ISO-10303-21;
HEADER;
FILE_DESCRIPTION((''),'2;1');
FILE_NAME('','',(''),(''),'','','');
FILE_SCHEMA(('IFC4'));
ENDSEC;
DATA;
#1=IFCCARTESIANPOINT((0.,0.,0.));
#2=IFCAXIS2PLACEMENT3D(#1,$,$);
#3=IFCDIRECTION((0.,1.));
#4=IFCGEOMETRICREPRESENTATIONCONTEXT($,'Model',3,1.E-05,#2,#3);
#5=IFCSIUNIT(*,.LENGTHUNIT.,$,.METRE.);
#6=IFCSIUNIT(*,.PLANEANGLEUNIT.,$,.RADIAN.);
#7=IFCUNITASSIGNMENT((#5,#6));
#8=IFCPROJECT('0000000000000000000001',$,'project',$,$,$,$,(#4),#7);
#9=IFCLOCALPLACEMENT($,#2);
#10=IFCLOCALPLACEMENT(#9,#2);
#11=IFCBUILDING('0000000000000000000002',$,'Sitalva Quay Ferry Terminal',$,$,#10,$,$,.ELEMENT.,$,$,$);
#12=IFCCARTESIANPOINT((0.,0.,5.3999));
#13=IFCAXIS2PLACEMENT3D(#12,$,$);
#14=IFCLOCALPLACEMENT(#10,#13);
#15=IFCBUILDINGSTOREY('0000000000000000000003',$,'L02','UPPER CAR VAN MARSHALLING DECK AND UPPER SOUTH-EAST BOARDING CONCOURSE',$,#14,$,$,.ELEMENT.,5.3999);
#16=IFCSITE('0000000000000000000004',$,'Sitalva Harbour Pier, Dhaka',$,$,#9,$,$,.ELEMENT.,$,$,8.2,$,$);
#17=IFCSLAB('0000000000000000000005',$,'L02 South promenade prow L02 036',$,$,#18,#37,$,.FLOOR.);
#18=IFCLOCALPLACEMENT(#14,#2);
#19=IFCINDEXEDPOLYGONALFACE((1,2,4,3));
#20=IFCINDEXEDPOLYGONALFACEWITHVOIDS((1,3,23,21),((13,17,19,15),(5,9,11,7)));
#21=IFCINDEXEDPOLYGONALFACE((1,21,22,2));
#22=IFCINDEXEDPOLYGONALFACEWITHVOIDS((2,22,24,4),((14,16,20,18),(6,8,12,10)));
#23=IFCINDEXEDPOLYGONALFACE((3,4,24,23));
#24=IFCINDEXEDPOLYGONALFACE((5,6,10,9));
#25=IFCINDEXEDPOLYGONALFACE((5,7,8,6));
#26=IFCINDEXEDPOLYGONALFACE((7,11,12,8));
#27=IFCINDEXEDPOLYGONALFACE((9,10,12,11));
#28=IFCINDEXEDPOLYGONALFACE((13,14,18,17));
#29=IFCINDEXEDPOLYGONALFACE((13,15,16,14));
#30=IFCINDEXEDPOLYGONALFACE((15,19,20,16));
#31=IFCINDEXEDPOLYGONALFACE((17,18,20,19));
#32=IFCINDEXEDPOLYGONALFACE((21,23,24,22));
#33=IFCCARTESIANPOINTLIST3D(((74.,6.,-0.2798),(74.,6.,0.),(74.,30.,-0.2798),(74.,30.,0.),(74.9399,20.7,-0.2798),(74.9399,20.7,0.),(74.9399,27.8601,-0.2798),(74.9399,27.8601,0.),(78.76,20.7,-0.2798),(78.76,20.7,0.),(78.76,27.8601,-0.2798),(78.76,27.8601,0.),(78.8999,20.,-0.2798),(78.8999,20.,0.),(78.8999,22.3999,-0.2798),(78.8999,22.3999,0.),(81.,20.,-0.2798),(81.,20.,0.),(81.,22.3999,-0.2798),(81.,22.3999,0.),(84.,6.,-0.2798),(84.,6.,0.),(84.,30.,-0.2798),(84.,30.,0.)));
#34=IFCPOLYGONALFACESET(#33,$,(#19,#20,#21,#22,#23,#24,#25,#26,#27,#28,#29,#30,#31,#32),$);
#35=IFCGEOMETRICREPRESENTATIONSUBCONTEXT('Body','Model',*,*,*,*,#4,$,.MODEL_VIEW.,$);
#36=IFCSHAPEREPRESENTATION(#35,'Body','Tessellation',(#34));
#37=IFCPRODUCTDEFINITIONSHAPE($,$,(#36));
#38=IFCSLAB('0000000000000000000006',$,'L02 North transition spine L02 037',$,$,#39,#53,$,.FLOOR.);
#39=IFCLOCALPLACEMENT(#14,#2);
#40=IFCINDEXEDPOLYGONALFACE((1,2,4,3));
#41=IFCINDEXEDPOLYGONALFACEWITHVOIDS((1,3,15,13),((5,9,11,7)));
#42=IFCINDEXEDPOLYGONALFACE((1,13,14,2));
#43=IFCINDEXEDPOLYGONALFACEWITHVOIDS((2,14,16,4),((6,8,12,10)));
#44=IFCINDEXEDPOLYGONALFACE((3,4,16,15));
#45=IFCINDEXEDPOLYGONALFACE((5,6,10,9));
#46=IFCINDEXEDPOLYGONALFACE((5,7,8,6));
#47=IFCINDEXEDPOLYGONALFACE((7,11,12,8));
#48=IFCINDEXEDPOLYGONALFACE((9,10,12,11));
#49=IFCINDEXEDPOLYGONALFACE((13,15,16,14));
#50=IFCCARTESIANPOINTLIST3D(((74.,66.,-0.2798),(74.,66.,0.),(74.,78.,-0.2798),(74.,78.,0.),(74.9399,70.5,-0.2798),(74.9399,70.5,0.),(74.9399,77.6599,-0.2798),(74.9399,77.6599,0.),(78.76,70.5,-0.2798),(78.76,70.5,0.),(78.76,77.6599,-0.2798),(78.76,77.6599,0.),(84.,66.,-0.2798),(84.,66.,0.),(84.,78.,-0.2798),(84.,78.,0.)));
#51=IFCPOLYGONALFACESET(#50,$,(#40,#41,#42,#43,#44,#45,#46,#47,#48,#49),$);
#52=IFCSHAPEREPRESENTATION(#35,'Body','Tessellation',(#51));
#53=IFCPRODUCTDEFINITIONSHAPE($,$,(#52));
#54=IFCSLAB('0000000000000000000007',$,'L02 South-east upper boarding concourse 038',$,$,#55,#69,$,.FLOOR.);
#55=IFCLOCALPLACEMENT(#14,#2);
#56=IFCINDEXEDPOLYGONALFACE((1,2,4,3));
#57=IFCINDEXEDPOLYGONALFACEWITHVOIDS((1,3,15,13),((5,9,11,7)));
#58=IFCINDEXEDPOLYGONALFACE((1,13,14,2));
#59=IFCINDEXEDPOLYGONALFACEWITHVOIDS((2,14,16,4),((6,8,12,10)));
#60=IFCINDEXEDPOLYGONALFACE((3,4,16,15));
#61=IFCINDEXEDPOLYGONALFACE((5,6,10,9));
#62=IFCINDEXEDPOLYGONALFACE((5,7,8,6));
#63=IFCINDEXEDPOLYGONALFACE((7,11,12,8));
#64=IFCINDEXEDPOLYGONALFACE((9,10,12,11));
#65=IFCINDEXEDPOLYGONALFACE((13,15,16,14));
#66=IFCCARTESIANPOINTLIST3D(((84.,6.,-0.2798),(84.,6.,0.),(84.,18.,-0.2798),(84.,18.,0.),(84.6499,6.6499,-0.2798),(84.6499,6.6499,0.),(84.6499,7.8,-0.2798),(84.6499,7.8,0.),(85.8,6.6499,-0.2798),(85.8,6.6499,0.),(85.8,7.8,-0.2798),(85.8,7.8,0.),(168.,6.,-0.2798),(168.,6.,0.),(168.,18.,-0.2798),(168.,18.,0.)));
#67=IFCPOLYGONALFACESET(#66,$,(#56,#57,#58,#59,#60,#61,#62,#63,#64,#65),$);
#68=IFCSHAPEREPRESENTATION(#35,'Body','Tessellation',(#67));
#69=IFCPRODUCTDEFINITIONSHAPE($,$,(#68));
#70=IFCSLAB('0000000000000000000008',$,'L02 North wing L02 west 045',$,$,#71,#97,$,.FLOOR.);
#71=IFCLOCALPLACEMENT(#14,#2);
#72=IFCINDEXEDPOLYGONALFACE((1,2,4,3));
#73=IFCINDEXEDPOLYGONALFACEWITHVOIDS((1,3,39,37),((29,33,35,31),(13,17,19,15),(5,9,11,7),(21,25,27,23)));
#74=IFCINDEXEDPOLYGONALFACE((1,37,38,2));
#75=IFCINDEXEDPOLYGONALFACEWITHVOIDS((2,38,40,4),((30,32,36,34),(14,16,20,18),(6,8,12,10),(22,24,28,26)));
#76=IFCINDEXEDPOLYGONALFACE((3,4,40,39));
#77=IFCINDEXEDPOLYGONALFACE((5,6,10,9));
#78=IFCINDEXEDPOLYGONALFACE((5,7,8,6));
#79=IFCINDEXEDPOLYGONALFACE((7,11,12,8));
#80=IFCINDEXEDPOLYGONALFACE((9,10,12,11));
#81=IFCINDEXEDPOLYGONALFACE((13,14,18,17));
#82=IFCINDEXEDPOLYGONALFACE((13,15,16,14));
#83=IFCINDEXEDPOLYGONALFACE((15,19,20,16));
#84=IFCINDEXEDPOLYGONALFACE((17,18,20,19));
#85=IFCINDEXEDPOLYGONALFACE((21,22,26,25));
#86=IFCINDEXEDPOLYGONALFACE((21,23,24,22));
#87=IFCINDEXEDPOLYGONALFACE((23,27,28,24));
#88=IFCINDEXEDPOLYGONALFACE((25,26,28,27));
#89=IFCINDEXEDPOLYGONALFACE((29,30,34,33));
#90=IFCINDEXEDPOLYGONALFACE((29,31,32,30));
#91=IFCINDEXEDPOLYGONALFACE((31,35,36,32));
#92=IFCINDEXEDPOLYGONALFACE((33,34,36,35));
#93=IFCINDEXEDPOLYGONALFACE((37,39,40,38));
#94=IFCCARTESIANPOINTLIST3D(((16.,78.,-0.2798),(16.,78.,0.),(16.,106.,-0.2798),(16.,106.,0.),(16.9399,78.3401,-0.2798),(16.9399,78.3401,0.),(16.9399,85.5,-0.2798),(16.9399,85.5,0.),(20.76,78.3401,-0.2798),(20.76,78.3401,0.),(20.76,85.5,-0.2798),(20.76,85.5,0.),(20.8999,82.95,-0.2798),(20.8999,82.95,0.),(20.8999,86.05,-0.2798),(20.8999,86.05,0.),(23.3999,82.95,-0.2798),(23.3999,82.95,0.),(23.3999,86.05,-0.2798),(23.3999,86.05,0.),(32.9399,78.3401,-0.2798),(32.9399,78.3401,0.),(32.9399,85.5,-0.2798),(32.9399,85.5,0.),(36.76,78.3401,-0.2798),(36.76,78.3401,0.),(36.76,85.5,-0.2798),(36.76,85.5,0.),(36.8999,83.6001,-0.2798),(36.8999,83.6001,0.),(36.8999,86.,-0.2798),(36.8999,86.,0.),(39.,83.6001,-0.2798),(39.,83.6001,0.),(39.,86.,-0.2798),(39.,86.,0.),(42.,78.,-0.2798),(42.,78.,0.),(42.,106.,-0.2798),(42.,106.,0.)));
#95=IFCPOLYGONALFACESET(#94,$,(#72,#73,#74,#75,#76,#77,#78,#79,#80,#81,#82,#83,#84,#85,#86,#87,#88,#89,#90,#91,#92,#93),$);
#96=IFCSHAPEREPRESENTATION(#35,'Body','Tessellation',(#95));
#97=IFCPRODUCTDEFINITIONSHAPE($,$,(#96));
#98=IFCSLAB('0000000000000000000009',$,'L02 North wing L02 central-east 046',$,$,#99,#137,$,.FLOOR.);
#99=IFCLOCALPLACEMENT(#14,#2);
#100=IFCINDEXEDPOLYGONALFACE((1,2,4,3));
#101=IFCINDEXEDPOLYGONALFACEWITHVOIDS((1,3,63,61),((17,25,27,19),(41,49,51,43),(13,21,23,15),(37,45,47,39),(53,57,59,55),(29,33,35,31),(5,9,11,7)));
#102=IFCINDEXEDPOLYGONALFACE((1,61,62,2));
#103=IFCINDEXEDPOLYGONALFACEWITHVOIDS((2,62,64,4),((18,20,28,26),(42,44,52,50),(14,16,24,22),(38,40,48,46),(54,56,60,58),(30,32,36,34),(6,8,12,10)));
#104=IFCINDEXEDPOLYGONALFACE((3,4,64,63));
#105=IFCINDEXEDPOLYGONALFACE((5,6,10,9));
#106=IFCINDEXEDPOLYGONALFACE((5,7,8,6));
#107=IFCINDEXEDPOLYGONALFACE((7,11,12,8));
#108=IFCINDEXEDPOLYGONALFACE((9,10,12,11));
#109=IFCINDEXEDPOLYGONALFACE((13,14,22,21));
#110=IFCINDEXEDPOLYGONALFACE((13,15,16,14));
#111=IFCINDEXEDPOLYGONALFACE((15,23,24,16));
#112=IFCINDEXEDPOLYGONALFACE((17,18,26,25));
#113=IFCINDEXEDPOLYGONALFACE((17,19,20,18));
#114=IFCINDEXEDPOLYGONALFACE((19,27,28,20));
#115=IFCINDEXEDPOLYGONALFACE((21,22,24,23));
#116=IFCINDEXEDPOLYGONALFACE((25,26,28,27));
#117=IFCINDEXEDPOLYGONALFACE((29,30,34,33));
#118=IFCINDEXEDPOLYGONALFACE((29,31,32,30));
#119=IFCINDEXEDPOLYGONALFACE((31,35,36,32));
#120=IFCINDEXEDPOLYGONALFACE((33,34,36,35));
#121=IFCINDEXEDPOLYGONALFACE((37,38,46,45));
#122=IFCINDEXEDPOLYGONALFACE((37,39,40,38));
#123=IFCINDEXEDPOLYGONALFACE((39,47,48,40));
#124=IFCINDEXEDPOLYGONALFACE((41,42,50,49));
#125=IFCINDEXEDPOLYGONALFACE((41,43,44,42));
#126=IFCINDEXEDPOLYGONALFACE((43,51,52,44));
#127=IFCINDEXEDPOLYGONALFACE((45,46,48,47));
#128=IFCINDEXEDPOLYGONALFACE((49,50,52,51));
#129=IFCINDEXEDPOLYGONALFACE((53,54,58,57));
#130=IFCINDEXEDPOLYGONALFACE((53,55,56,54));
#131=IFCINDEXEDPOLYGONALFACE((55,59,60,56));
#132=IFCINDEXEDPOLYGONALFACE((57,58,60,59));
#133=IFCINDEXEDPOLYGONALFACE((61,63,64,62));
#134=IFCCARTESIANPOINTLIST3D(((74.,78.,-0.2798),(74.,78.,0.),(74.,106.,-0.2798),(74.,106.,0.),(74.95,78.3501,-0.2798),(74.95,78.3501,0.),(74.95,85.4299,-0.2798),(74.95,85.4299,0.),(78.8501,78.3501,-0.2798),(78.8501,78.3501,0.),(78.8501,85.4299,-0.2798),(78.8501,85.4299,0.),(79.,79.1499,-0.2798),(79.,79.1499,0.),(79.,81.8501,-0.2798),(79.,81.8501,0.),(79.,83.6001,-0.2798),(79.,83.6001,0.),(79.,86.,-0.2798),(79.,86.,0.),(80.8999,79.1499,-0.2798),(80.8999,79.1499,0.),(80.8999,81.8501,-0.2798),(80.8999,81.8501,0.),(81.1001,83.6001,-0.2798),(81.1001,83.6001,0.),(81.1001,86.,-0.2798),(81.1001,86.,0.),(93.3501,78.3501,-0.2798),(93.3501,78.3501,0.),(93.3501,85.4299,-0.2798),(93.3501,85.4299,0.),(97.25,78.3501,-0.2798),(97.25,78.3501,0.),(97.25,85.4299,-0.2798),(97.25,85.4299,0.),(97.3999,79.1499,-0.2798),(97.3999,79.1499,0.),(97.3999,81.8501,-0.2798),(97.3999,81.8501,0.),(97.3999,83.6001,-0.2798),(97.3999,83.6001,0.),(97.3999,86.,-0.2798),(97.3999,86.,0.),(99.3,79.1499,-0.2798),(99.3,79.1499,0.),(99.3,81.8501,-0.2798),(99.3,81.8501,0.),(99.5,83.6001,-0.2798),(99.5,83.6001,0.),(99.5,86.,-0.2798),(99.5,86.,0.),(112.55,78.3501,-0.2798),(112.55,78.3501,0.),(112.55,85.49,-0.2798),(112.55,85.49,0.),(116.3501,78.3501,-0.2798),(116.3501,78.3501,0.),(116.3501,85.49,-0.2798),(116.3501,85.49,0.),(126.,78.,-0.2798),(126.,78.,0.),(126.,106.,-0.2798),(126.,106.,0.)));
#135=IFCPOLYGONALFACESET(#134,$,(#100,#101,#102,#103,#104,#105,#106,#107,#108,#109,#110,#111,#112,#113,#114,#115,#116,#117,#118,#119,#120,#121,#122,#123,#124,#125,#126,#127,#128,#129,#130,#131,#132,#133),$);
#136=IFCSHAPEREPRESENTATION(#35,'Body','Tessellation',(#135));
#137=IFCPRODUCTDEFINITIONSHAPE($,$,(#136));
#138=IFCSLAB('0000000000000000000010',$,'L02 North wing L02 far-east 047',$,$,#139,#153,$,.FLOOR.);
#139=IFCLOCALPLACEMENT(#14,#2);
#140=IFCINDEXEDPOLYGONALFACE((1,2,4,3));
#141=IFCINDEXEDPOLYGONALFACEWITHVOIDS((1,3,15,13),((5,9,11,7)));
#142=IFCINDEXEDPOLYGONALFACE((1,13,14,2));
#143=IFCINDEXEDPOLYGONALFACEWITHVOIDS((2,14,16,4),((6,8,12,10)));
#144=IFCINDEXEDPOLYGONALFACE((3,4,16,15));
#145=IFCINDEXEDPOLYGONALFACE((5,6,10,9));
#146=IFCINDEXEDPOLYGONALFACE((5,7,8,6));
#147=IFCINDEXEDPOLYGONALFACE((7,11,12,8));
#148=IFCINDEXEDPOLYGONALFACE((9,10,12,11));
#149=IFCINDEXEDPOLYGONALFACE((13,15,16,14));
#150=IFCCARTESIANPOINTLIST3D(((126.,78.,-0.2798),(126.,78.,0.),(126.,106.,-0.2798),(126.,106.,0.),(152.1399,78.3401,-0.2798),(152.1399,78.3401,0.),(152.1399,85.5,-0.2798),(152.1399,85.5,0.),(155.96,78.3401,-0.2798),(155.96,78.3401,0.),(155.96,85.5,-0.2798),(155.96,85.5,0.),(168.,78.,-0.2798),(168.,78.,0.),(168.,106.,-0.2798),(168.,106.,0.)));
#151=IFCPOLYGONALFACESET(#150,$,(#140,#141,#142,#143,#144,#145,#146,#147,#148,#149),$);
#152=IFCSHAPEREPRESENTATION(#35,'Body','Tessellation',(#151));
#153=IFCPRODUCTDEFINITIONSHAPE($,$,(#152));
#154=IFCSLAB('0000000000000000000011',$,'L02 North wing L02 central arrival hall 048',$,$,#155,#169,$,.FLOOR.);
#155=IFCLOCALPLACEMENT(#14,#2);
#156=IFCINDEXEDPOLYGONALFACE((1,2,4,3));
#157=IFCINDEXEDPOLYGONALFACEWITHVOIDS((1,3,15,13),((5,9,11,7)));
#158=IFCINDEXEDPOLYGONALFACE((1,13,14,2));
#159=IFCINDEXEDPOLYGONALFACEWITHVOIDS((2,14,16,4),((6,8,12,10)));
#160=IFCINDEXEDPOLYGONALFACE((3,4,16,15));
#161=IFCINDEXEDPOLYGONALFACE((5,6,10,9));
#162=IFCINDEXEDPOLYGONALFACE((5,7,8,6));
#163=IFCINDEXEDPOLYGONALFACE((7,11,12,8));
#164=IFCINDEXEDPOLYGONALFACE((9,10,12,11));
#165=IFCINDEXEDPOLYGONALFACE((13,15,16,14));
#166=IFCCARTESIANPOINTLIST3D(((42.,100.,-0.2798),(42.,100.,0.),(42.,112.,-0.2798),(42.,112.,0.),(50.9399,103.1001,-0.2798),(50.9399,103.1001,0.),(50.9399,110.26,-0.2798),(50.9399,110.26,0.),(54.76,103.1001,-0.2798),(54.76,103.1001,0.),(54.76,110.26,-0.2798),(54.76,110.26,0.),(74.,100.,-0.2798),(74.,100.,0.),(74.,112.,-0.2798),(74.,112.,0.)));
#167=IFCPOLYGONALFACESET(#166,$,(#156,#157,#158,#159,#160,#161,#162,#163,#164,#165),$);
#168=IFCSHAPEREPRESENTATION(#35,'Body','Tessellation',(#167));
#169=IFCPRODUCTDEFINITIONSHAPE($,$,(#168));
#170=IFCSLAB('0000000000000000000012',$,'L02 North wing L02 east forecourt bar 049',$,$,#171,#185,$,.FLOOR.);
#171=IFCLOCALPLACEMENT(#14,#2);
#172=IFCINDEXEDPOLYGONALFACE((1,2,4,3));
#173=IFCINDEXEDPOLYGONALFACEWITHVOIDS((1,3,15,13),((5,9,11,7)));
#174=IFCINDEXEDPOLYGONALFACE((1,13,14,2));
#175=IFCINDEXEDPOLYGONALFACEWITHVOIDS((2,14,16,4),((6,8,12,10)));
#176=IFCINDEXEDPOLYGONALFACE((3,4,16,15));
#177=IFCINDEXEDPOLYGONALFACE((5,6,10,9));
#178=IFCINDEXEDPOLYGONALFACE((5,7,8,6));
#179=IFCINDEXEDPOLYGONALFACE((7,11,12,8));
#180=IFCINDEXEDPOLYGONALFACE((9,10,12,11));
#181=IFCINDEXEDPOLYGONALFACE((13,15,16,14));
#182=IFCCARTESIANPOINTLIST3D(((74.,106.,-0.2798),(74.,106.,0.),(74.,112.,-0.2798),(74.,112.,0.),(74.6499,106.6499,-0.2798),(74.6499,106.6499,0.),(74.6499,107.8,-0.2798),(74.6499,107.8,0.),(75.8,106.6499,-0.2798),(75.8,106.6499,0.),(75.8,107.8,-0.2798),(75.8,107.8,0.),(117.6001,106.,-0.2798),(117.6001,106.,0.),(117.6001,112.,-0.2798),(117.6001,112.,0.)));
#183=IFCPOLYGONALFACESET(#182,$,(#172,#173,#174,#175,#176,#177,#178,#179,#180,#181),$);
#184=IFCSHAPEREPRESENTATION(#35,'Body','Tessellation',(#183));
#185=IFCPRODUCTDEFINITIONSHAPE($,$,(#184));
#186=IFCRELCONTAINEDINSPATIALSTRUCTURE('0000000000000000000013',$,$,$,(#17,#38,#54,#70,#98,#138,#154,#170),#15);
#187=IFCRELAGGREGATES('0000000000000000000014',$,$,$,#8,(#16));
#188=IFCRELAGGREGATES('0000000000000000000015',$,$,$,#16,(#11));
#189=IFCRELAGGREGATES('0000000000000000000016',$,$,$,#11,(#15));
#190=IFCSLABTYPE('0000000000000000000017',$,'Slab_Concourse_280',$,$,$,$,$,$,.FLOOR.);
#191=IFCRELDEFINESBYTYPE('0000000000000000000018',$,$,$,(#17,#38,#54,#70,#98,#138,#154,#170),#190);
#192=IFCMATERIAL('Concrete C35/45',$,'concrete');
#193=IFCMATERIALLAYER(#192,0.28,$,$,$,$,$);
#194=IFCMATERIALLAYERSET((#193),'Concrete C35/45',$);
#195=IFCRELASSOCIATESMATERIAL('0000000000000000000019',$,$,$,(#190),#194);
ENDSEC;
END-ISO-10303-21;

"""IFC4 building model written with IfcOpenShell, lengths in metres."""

from ifc_helpers import new_model, si_unit, direction, frame, origin, place, context, subcontext, project, spatial, polyline, outline, extrude, material, layer, layer_set, type_object, element, save


model = new_model("IFC4")

# Units and contexts
model_context = context("Model", 3, precision=1e-05, world=origin(), true_north=direction((0.0, 1.0)))
body_context = subcontext(model_context, "Body", "Model", "MODEL_VIEW")
ifc_project = project(units=[si_unit("LENGTHUNIT", "METRE"), si_unit("PLANEANGLEUNIT", "RADIAN")], contexts=[model_context])

# Site, building, storey
site_placement = place(None, origin())
site = spatial("IfcSite", under=ifc_project, at=site_placement, Name="Sitalva Harbour Pier, Dhaka", CompositionType="ELEMENT", RefElevation=8.2)
building_placement = place(site_placement, origin())
building = spatial("IfcBuilding", under=site, at=building_placement, Name="Sitalva Quay Ferry Terminal", CompositionType="ELEMENT")
storey_placement = place(building_placement, frame((0.0, 0.0, 5.3999)))
storey = spatial("IfcBuildingStorey", under=building, at=storey_placement, Name="L02", Description="UPPER CAR VAN MARSHALLING DECK AND UPPER SOUTH-EAST BOARDING CONCOURSE", CompositionType="ELEMENT", Elevation=5.3999)

# Slabs
ifc_material_1 = material(Name="Concrete C35/45", Category="concrete")
ifc_layer_1 = layer(ifc_material_1, 0.28)
ifc_layer_set_1 = layer_set([ifc_layer_1], Name="Concrete C35/45")
slab_type_1 = type_object("IfcSlabType", Name="Slab_Concourse_280", PredefinedType="FLOOR", material=ifc_layer_set_1)
slab_1_placement = place(storey_placement, frame((0.0, 0.0, -0.2798)))
element("IfcSlab", 1, at=slab_1_placement, inside=storey, type_object=slab_type_1, Name="L02 South promenade prow L02 036", PredefinedType="FLOOR", context=body_context, shape_type="SweptSolid", body=[
    extrude(outline(polyline([(74.0, 6.0), (84.0, 6.0), (84.0, 30.0), (74.0, 30.0), (74.0, 6.0)]), holes=[polyline([(74.9399, 20.7), (74.9399, 27.8601), (78.76, 27.8601), (78.76, 20.7), (74.9399, 20.7)]), polyline([(78.8999, 20.0), (78.8999, 22.3999), (81.0, 22.3999), (81.0, 20.0), (78.8999, 20.0)])]), origin(), (0.0, 0.0, 1.0), 0.2798),
])
slab_2_placement = place(storey_placement, frame((0.0, 0.0, -0.2798)))
element("IfcSlab", 2, at=slab_2_placement, inside=storey, type_object=slab_type_1, Name="L02 North transition spine L02 037", PredefinedType="FLOOR", context=body_context, shape_type="SweptSolid", body=[
    extrude(outline(polyline([(74.0, 66.0), (84.0, 66.0), (84.0, 78.0), (74.0, 78.0), (74.0, 66.0)]), holes=[polyline([(74.9399, 70.5), (74.9399, 77.6599), (78.76, 77.6599), (78.76, 70.5), (74.9399, 70.5)])]), origin(), (0.0, 0.0, 1.0), 0.2798),
])
slab_3_placement = place(storey_placement, frame((0.0, 0.0, -0.2798)))
element("IfcSlab", 3, at=slab_3_placement, inside=storey, type_object=slab_type_1, Name="L02 South-east upper boarding concourse 038", PredefinedType="FLOOR", context=body_context, shape_type="SweptSolid", body=[
    extrude(outline(polyline([(84.0, 6.0), (168.0, 6.0), (168.0, 18.0), (84.0, 18.0), (84.0, 6.0)]), holes=[polyline([(84.6499, 6.6499), (84.6499, 7.8), (85.8, 7.8), (85.8, 6.6499), (84.6499, 6.6499)])]), origin(), (0.0, 0.0, 1.0), 0.2798),
])
slab_4_placement = place(storey_placement, frame((0.0, 0.0, -0.2798)))
element("IfcSlab", 4, at=slab_4_placement, inside=storey, type_object=slab_type_1, Name="L02 North wing L02 west 045", PredefinedType="FLOOR", context=body_context, shape_type="SweptSolid", body=[
    extrude(outline(polyline([(16.0, 78.0), (42.0, 78.0), (42.0, 106.0), (16.0, 106.0), (16.0, 78.0)]), holes=[polyline([(16.9399, 78.3401), (16.9399, 85.5), (20.76, 85.5), (20.76, 78.3401), (16.9399, 78.3401)]), polyline([(20.8999, 82.95), (20.8999, 86.05), (23.3999, 86.05), (23.3999, 82.95), (20.8999, 82.95)]), polyline([(32.9399, 78.3401), (32.9399, 85.5), (36.76, 85.5), (36.76, 78.3401), (32.9399, 78.3401)]), polyline([(36.8999, 83.6001), (36.8999, 86.0), (39.0, 86.0), (39.0, 83.6001), (36.8999, 83.6001)])]), origin(), (0.0, 0.0, 1.0), 0.2798),
])
slab_5_placement = place(storey_placement, frame((0.0, 0.0, -0.2798)))
element("IfcSlab", 5, at=slab_5_placement, inside=storey, type_object=slab_type_1, Name="L02 North wing L02 central-east 046", PredefinedType="FLOOR", context=body_context, shape_type="SweptSolid", body=[
    extrude(outline(polyline([(74.0, 78.0), (126.0, 78.0), (126.0, 106.0), (74.0, 106.0), (74.0, 78.0)]), holes=[polyline([(74.95, 78.3501), (74.95, 85.4299), (78.8501, 85.4299), (78.8501, 78.3501), (74.95, 78.3501)]), polyline([(79.0, 79.1499), (79.0, 81.8501), (80.8999, 81.8501), (80.8999, 79.1499), (79.0, 79.1499)]), polyline([(79.0, 83.6001), (79.0, 86.0), (81.1001, 86.0), (81.1001, 83.6001), (79.0, 83.6001)]), polyline([(93.3501, 78.3501), (93.3501, 85.4299), (97.25, 85.4299), (97.25, 78.3501), (93.3501, 78.3501)]), polyline([(97.3999, 79.1499), (97.3999, 81.8501), (99.3, 81.8501), (99.3, 79.1499), (97.3999, 79.1499)]), polyline([(97.3999, 83.6001), (97.3999, 86.0), (99.5, 86.0), (99.5, 83.6001), (97.3999, 83.6001)]), polyline([(112.55, 78.3501), (112.55, 85.49), (116.3501, 85.49), (116.3501, 78.3501), (112.55, 78.3501)])]), origin(), (0.0, 0.0, 1.0), 0.2798),
])
slab_6_placement = place(storey_placement, frame((0.0, 0.0, -0.2798)))
element("IfcSlab", 6, at=slab_6_placement, inside=storey, type_object=slab_type_1, Name="L02 North wing L02 far-east 047", PredefinedType="FLOOR", context=body_context, shape_type="SweptSolid", body=[
    extrude(outline(polyline([(126.0, 78.0), (168.0, 78.0), (168.0, 106.0), (126.0, 106.0), (126.0, 78.0)]), holes=[polyline([(152.1399, 78.3401), (152.1399, 85.5), (155.96, 85.5), (155.96, 78.3401), (152.1399, 78.3401)])]), origin(), (0.0, 0.0, 1.0), 0.2798),
])
slab_7_placement = place(storey_placement, frame((0.0, 0.0, -0.2798)))
element("IfcSlab", 7, at=slab_7_placement, inside=storey, type_object=slab_type_1, Name="L02 North wing L02 central arrival hall 048", PredefinedType="FLOOR", context=body_context, shape_type="SweptSolid", body=[
    extrude(outline(polyline([(42.0, 100.0), (74.0, 100.0), (74.0, 112.0), (42.0, 112.0), (42.0, 100.0)]), holes=[polyline([(50.9399, 103.1001), (50.9399, 110.26), (54.76, 110.26), (54.76, 103.1001), (50.9399, 103.1001)])]), origin(), (0.0, 0.0, 1.0), 0.2798),
])
slab_8_placement = place(storey_placement, frame((0.0, 0.0, -0.2798)))
element("IfcSlab", 8, at=slab_8_placement, inside=storey, type_object=slab_type_1, Name="L02 North wing L02 east forecourt bar 049", PredefinedType="FLOOR", context=body_context, shape_type="SweptSolid", body=[
    extrude(outline(polyline([(74.0, 106.0), (117.6001, 106.0), (117.6001, 112.0), (74.0, 112.0), (74.0, 106.0)]), holes=[polyline([(74.6499, 106.6499), (74.6499, 107.8), (75.8, 107.8), (75.8, 106.6499), (74.6499, 106.6499)])]), origin(), (0.0, 0.0, 1.0), 0.2798),
])

save(model, "model.ifc")
